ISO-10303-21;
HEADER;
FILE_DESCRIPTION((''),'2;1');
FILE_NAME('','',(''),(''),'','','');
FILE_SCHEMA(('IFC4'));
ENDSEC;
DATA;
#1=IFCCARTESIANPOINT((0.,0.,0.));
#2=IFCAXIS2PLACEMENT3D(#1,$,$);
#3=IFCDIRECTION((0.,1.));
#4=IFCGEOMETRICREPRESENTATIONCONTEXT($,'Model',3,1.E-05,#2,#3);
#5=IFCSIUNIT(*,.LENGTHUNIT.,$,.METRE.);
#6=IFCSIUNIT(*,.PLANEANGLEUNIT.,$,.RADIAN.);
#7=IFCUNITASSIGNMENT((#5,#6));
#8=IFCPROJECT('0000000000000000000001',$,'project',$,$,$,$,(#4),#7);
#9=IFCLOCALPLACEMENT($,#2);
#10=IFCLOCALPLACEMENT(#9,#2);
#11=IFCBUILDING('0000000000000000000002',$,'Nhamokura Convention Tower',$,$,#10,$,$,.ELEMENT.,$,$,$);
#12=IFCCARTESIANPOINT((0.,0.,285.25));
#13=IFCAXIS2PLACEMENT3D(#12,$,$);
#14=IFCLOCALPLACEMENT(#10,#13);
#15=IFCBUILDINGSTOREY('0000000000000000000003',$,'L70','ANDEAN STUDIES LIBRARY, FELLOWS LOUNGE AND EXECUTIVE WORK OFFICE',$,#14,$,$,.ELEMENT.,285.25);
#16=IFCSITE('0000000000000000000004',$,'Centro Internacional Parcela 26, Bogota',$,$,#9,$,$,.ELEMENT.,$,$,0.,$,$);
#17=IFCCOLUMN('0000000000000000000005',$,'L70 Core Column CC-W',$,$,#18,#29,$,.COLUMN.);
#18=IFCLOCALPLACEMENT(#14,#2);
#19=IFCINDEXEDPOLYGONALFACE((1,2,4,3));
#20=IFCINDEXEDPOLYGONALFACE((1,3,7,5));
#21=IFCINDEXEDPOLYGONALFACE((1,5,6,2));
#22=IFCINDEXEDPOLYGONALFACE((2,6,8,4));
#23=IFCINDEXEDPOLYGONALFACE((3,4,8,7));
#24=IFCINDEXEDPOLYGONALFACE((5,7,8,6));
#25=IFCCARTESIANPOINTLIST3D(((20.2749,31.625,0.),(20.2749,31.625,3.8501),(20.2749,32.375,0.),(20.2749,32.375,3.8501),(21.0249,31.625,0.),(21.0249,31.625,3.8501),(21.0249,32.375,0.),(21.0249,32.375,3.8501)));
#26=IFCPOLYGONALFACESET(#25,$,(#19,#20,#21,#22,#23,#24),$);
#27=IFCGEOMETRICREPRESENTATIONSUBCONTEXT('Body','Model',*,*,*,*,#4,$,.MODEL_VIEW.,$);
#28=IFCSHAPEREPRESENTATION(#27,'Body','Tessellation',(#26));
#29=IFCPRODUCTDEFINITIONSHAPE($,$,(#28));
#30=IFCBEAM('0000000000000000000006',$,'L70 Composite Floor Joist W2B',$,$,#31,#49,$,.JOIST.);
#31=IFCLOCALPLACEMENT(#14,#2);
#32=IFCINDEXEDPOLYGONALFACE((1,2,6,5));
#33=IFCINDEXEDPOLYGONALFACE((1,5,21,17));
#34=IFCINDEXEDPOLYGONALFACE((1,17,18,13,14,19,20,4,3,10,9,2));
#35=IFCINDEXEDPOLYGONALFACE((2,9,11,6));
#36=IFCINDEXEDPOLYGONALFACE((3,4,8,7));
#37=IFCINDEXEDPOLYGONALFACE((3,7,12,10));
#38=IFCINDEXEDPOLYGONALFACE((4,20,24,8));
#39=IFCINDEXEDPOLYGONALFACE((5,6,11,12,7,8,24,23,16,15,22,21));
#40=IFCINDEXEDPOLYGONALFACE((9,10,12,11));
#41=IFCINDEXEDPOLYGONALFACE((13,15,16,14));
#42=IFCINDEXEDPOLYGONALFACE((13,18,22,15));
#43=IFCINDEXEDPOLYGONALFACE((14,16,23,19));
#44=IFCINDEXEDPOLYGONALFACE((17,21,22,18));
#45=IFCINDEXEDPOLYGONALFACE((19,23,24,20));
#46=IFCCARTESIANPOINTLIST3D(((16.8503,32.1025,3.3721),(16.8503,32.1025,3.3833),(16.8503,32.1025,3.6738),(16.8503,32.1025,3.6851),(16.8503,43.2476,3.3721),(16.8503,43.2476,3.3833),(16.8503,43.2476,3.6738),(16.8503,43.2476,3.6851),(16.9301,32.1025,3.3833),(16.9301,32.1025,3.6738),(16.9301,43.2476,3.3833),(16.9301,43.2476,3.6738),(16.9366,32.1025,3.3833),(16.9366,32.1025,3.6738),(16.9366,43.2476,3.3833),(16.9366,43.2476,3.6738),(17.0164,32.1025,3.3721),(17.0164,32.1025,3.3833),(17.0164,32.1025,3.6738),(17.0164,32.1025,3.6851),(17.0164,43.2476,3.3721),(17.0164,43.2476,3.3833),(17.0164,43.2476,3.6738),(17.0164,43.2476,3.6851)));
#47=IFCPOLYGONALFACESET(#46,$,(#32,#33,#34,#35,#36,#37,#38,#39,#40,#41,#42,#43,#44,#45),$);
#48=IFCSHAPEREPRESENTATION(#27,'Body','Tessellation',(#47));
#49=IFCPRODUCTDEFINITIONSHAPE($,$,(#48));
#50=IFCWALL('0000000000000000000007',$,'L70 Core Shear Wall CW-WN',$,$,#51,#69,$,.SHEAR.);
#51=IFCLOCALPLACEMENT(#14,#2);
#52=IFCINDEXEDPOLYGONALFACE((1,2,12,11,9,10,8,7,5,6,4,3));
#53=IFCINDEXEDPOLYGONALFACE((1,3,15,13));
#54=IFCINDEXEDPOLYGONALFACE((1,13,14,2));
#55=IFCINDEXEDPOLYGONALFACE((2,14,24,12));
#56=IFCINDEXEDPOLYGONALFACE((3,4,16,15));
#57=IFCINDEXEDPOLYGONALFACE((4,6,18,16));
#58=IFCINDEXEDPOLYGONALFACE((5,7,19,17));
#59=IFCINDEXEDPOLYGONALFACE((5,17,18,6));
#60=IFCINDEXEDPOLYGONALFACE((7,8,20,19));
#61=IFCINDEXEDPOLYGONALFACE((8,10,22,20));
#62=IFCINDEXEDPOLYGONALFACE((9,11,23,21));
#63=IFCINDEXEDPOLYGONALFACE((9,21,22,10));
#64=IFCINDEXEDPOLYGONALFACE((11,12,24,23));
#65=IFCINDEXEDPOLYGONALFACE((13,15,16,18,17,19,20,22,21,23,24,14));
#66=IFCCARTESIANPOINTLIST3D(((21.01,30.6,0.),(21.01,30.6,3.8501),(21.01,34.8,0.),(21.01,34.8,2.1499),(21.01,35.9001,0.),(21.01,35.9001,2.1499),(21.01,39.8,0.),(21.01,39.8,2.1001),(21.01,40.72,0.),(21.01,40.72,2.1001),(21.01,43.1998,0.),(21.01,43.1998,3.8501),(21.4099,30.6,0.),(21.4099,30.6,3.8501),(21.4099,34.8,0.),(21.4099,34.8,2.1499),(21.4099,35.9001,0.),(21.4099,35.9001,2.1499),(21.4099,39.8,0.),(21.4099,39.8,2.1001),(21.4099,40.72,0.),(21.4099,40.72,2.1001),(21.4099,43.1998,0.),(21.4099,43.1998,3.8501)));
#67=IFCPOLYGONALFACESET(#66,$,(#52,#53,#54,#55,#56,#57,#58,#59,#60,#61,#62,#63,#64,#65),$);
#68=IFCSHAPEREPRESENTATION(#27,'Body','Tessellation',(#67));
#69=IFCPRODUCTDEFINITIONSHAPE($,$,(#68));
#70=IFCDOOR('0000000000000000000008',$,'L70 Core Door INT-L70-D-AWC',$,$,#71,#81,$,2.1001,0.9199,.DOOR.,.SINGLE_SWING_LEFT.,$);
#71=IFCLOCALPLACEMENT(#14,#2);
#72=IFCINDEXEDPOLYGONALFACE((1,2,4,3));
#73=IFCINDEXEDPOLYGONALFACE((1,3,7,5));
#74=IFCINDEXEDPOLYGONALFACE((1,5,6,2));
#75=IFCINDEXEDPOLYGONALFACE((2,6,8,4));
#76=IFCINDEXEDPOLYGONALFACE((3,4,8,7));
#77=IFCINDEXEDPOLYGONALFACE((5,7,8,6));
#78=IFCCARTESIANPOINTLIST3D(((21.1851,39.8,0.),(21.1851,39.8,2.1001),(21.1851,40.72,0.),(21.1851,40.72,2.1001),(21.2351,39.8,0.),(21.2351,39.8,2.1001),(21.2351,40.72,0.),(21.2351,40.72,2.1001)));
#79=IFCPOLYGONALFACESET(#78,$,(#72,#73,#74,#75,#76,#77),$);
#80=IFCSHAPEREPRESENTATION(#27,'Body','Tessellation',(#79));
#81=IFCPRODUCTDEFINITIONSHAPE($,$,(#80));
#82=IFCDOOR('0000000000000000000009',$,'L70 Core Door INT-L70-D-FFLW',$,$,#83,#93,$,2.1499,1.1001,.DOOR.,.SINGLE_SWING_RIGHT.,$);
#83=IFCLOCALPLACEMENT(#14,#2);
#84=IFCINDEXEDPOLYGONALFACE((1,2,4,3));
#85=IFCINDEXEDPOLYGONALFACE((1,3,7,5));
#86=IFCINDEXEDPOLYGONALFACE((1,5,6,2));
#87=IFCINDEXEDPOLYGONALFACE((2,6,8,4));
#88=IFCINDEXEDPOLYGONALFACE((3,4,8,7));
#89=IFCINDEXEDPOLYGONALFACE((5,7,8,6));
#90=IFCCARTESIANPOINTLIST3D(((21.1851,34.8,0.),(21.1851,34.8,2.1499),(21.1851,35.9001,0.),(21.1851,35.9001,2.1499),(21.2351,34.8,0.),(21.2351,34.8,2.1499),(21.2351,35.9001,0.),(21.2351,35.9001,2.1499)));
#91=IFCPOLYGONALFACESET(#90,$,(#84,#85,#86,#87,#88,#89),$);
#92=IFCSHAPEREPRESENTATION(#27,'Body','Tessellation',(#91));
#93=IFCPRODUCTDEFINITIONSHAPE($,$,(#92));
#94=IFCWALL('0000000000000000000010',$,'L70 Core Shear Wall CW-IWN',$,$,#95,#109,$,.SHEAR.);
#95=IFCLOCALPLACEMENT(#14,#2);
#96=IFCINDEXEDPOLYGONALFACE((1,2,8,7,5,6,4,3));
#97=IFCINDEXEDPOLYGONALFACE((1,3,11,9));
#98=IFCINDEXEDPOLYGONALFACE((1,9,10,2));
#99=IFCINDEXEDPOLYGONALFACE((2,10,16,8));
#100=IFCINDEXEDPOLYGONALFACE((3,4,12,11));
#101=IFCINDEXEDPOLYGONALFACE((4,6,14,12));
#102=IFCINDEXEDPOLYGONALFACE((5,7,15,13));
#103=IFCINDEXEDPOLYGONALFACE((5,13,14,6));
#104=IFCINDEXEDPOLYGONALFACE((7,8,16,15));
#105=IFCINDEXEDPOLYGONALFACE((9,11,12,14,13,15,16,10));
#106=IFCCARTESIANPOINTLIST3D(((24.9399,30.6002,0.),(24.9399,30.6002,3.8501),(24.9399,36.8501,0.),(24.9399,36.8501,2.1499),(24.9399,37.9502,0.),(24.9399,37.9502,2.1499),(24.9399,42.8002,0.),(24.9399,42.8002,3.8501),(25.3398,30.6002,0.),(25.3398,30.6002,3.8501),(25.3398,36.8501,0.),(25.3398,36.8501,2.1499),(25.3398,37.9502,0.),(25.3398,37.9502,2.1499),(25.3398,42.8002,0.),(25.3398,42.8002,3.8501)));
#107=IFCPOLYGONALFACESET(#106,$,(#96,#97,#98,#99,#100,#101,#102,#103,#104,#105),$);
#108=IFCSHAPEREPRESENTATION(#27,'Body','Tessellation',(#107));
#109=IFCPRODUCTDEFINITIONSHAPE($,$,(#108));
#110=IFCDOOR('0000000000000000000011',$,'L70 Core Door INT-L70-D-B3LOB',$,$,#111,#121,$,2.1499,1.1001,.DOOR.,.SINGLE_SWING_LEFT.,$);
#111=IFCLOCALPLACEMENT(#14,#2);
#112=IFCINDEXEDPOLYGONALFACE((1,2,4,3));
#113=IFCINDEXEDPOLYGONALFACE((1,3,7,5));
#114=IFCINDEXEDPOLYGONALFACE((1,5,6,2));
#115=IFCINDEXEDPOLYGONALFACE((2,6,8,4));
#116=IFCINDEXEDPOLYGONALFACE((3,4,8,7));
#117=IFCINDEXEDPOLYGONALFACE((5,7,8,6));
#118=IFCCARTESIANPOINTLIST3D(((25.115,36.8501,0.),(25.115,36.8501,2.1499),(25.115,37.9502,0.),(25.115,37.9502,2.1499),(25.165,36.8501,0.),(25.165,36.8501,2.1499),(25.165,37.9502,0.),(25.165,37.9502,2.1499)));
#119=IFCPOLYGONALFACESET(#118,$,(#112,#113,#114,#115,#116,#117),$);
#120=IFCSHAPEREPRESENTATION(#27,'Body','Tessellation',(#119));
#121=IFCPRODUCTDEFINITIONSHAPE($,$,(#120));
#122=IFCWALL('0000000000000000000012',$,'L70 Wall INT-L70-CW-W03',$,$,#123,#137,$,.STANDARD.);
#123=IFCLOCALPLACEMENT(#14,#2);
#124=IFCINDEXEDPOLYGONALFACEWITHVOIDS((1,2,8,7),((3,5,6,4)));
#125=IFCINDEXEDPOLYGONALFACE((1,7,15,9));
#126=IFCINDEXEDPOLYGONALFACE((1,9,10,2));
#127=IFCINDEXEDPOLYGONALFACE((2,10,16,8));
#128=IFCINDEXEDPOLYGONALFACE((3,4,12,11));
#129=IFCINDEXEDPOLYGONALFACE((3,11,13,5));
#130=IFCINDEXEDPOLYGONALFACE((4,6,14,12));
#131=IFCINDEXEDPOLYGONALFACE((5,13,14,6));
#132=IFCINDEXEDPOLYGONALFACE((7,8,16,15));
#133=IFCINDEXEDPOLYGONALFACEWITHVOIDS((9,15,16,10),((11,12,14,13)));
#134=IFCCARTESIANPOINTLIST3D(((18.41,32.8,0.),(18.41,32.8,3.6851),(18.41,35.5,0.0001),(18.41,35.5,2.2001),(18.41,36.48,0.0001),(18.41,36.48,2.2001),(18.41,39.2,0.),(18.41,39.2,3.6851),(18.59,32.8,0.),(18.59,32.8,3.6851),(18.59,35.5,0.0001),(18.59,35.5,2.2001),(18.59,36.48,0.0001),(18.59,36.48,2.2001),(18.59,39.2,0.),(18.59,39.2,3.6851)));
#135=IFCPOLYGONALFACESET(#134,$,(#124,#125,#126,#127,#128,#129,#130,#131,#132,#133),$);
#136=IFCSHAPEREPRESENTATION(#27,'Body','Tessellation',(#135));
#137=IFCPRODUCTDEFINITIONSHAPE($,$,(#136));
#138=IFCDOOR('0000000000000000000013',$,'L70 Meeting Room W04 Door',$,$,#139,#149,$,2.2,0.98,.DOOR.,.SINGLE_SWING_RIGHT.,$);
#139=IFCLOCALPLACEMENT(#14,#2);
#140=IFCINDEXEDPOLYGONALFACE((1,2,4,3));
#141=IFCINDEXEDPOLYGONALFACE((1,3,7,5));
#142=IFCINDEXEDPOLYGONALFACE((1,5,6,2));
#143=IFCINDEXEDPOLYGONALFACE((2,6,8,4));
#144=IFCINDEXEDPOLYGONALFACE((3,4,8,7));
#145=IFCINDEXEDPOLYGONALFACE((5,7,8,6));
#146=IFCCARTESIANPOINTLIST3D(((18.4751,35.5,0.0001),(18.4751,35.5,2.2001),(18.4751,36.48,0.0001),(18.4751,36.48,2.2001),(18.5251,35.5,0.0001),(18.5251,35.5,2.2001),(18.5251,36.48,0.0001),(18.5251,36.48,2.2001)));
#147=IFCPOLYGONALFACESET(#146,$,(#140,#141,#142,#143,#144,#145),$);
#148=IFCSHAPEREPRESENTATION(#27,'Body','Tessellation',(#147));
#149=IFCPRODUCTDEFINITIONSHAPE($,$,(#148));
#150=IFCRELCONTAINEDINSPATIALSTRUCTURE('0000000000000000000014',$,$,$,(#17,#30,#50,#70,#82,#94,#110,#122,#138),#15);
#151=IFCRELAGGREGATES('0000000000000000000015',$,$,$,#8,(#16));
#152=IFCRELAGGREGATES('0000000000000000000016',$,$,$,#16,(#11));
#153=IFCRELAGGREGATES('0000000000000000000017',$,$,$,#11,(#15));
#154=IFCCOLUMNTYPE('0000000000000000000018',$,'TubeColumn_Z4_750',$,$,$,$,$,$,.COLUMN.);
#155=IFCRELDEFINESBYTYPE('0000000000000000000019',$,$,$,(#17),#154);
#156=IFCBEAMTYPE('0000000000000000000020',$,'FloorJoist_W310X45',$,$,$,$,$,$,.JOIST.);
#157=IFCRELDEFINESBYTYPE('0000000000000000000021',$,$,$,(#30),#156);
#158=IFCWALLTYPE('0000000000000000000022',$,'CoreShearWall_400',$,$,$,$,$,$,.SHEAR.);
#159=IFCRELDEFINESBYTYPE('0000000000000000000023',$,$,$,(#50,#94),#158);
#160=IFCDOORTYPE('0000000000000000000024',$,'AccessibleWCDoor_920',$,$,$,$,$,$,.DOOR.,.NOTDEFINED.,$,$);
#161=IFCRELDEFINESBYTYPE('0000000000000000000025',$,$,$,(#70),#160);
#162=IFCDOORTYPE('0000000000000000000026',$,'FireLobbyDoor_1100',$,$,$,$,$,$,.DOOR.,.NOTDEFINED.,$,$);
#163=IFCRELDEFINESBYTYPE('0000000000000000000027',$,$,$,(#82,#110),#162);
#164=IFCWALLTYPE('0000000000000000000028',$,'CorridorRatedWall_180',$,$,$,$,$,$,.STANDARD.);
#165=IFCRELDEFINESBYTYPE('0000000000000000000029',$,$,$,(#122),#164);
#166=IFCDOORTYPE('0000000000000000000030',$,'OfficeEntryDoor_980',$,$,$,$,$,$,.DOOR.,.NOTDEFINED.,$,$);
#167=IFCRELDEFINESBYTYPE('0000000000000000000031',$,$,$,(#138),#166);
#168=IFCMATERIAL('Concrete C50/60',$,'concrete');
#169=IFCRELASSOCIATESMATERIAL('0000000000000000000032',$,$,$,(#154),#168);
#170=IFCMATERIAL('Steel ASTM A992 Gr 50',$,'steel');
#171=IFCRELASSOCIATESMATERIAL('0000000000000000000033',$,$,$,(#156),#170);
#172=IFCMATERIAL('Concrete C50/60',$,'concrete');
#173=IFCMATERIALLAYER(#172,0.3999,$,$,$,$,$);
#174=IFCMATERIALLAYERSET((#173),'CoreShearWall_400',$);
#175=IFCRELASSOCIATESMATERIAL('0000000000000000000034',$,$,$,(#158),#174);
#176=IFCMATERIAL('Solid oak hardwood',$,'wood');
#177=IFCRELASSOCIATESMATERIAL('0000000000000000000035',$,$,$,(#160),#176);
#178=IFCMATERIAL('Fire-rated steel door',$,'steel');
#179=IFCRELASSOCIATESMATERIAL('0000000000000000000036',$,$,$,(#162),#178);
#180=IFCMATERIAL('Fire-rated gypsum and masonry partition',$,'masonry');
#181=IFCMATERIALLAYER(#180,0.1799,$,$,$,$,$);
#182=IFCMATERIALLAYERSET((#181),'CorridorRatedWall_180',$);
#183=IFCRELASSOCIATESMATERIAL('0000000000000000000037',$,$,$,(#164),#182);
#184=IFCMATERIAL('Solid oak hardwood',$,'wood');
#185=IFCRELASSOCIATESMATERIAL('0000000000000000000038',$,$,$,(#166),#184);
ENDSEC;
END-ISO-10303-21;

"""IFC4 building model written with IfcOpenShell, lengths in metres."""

from ifc_helpers import new_model, si_unit, direction, frame, frame_2d, origin, origin_2d, place, context, subcontext, project, spatial, rectangle, i_section, extrude, material, layer, layer_set, material_profile, profile_set, type_object, element, fill, save


model = new_model("IFC4")

# Units and contexts
model_context = context("Model", 3, precision=1e-05, world=origin(), true_north=direction((0.0, 1.0)))
body_context = subcontext(model_context, "Body", "Model", "MODEL_VIEW")
ifc_project = project(units=[si_unit("LENGTHUNIT", "METRE"), si_unit("PLANEANGLEUNIT", "RADIAN")], contexts=[model_context])

# Site, building, storey
site_placement = place(None, origin())
site = spatial("IfcSite", under=ifc_project, at=site_placement, Name="Centro Internacional Parcela 26, Bogota", CompositionType="ELEMENT", RefElevation=0.0)
building_placement = place(site_placement, origin())
building = spatial("IfcBuilding", under=site, at=building_placement, Name="Nhamokura Convention Tower", CompositionType="ELEMENT")
storey_placement = place(building_placement, frame((0.0, 0.0, 285.25)))
storey = spatial("IfcBuildingStorey", under=building, at=storey_placement, Name="L70", Description="ANDEAN STUDIES LIBRARY, FELLOWS LOUNGE AND EXECUTIVE WORK OFFICE", CompositionType="ELEMENT", Elevation=285.25)

# Column
ifc_material_1 = material(Name="Concrete C50/60", Category="concrete")
ifc_material_profile_1 = material_profile(ifc_material_1, rectangle(XDim=0.75, YDim=0.75, at=origin_2d()))
ifc_profile_set_1 = profile_set([ifc_material_profile_1], Name="Concrete C50/60")
column_type = type_object("IfcColumnType", Name="TubeColumn_Z4_750", PredefinedType="COLUMN", material=ifc_profile_set_1)
column_placement = place(storey_placement, frame((20.6499, 32.0, 0.0), z_axis=(0.0, 0.0, 1.0), x_axis=(1.0, 0.0, 0.0)))
element("IfcColumn", 1, at=column_placement, inside=storey, type_object=column_type, Name="L70 Core Column CC-W", PredefinedType="COLUMN", context=body_context, shape_type="SweptSolid", body=[
    extrude(rectangle(XDim=0.75, YDim=0.75, at=origin_2d()), origin(), (0.0, 0.0, 1.0), 3.8501),
])

# Beam
ifc_material_2 = material(Name="Steel ASTM A992 Gr 50", Category="steel")
ifc_material_profile_2 = material_profile(ifc_material_2, i_section(OverallWidth=0.166, OverallDepth=0.313, WebThickness=0.0066, FlangeThickness=0.0112, at=origin_2d()))
ifc_profile_set_2 = profile_set([ifc_material_profile_2], Name="Steel ASTM A992 Gr 50")
beam_type = type_object("IfcBeamType", Name="FloorJoist_W310X45", PredefinedType="JOIST", material=ifc_profile_set_2)
beam_placement = place(storey_placement, frame((16.9333, 32.1025, 3.5286), z_axis=(0.0, 1.0, 0.0), x_axis=(-1.0, 0.0, 0.0)))
element("IfcBeam", 2, at=beam_placement, inside=storey, type_object=beam_type, Name="L70 Composite Floor Joist W2B", PredefinedType="JOIST", context=body_context, shape_type="SweptSolid", body=[
    extrude(i_section(OverallWidth=0.166, OverallDepth=0.313, WebThickness=0.0066, FlangeThickness=0.0112, at=origin_2d()), origin(), (0.0, 0.0, 1.0), 11.145),
])

# Wall, openings, doors
ifc_material_3 = material(Name="Concrete C50/60", Category="concrete")
ifc_layer_1 = layer(ifc_material_3, 0.3999)
ifc_layer_set_1 = layer_set([ifc_layer_1], Name="CoreShearWall_400")
wall_type_1 = type_object("IfcWallType", Name="CoreShearWall_400", PredefinedType="SHEAR", material=ifc_layer_set_1)
wall_1_placement = place(storey_placement, frame((21.21, 30.6001, 0.0), z_axis=(0.0, 0.0, 1.0), x_axis=(0.0, 1.0, 0.0)))
wall_1 = element("IfcWall", 3, at=wall_1_placement, inside=storey, type_object=wall_type_1, Name="L70 Core Shear Wall CW-WN", PredefinedType="SHEAR", context=body_context, shape_type="SweptSolid", body=[
    extrude(rectangle(XDim=12.5999, YDim=0.3999, at=frame_2d((6.2998, 0.0))), origin(), (0.0, 0.0, 1.0), 3.8501),
])
opening_1_placement = place(wall_1_placement, frame((4.2, 0.0, 0.0)))
opening_1 = element("IfcOpeningElement", 4, at=opening_1_placement, cuts=wall_1, PredefinedType="OPENING", context=body_context, shape_type="SweptSolid", body=[
    extrude(rectangle(XDim=1.1001, YDim=2.1499, at=frame_2d((0.55, 1.075))), frame((0.0, 0.21, 0.0), z_axis=(0.0, -1.0, 0.0), x_axis=(1.0, 0.0, 0.0)), (0.0, 0.0, 1.0), 0.4199),
])
opening_2_placement = place(wall_1_placement, frame((9.2, 0.0, 0.0)))
opening_2 = element("IfcOpeningElement", 5, at=opening_2_placement, cuts=wall_1, PredefinedType="OPENING", context=body_context, shape_type="SweptSolid", body=[
    extrude(rectangle(XDim=0.9199, YDim=2.1001, at=frame_2d((0.46, 1.05))), frame((0.0, 0.21, 0.0), z_axis=(0.0, -1.0, 0.0), x_axis=(1.0, 0.0, 0.0)), (0.0, 0.0, 1.0), 0.4199),
])
ifc_material_4 = material(Name="Solid oak hardwood", Category="wood")
door_type_1 = type_object("IfcDoorType", Name="AccessibleWCDoor_920", OperationType="NOTDEFINED", PredefinedType="DOOR", material=ifc_material_4)
door_1_placement = place(opening_2_placement, origin())
door_1 = element("IfcDoor", 6, at=door_1_placement, inside=storey, type_object=door_type_1, Name="L70 Core Door INT-L70-D-AWC", OperationType="SINGLE_SWING_LEFT", OverallHeight=2.1001, OverallWidth=0.9199, PredefinedType="DOOR", context=body_context, shape_type="SweptSolid", body=[
    extrude(rectangle(XDim=0.9199, YDim=2.1001, at=frame_2d((0.46, 1.05))), frame((0.0, 0.0249, 0.0), z_axis=(0.0, -1.0, 0.0), x_axis=(1.0, 0.0, 0.0)), (0.0, 0.0, 1.0), 0.05),
])
fill(opening_2, door_1)
ifc_material_5 = material(Name="Fire-rated steel door", Category="steel")
door_type_2 = type_object("IfcDoorType", Name="FireLobbyDoor_1100", OperationType="NOTDEFINED", PredefinedType="DOOR", material=ifc_material_5)
door_2_placement = place(opening_1_placement, origin())
door_2 = element("IfcDoor", 7, at=door_2_placement, inside=storey, type_object=door_type_2, Name="L70 Core Door INT-L70-D-FFLW", OperationType="SINGLE_SWING_RIGHT", OverallHeight=2.1499, OverallWidth=1.1001, PredefinedType="DOOR", context=body_context, shape_type="SweptSolid", body=[
    extrude(rectangle(XDim=1.1001, YDim=2.1499, at=frame_2d((0.55, 1.075))), frame((0.0, 0.0249, 0.0), z_axis=(0.0, -1.0, 0.0), x_axis=(1.0, 0.0, 0.0)), (0.0, 0.0, 1.0), 0.05),
])
fill(opening_1, door_2)

# Walls, openings, doors
wall_2_placement = place(storey_placement, frame((25.1399, 30.6001, 0.0), z_axis=(0.0, 0.0, 1.0), x_axis=(0.0, 1.0, 0.0)))
wall_2 = element("IfcWall", 8, at=wall_2_placement, inside=storey, type_object=wall_type_1, Name="L70 Core Shear Wall CW-IWN", PredefinedType="SHEAR", context=body_context, shape_type="SweptSolid", body=[
    extrude(rectangle(XDim=12.2, YDim=0.3999, at=frame_2d((6.1001, 0.0))), origin(), (0.0, 0.0, 1.0), 3.8501),
])
opening_3_placement = place(wall_2_placement, frame((6.25, 0.0, 0.0)))
opening_3 = element("IfcOpeningElement", 9, at=opening_3_placement, cuts=wall_2, PredefinedType="OPENING", context=body_context, shape_type="SweptSolid", body=[
    extrude(rectangle(XDim=1.1001, YDim=2.1499, at=frame_2d((0.55, 1.075))), frame((0.0, 0.21, 0.0), z_axis=(0.0, -1.0, 0.0), x_axis=(1.0, 0.0, 0.0)), (0.0, 0.0, 1.0), 0.4199),
])
door_3_placement = place(opening_3_placement, origin())
door_3 = element("IfcDoor", 10, at=door_3_placement, inside=storey, type_object=door_type_2, Name="L70 Core Door INT-L70-D-B3LOB", OperationType="SINGLE_SWING_LEFT", OverallHeight=2.1499, OverallWidth=1.1001, PredefinedType="DOOR", context=body_context, shape_type="SweptSolid", body=[
    extrude(rectangle(XDim=1.1001, YDim=2.1499, at=frame_2d((0.55, 1.075))), frame((0.0, 0.0249, 0.0), z_axis=(0.0, -1.0, 0.0), x_axis=(1.0, 0.0, 0.0)), (0.0, 0.0, 1.0), 0.05),
])
fill(opening_3, door_3)
ifc_material_6 = material(Name="Fire-rated gypsum and masonry partition", Category="masonry")
ifc_layer_2 = layer(ifc_material_6, 0.1799)
ifc_layer_set_2 = layer_set([ifc_layer_2], Name="CorridorRatedWall_180")
wall_type_2 = type_object("IfcWallType", Name="CorridorRatedWall_180", PredefinedType="STANDARD", material=ifc_layer_set_2)
wall_3_placement = place(storey_placement, frame((18.5, 32.8, 0.0), z_axis=(0.0, 0.0, 1.0), x_axis=(0.0, 1.0, 0.0)))
wall_3 = element("IfcWall", 11, at=wall_3_placement, inside=storey, type_object=wall_type_2, Name="L70 Wall INT-L70-CW-W03", PredefinedType="STANDARD", context=body_context, shape_type="SweptSolid", body=[
    extrude(rectangle(XDim=6.3999, YDim=0.1799, at=frame_2d((3.2, 0.0))), origin(), (0.0, 0.0, 1.0), 3.6851),
])
opening_4_placement = place(wall_3_placement, frame((2.7, 0.0, 0.0)))
opening_4 = element("IfcOpeningElement", 12, at=opening_4_placement, cuts=wall_3, PredefinedType="OPENING", context=body_context, shape_type="SweptSolid", body=[
    extrude(rectangle(XDim=0.98, YDim=2.2, at=frame_2d((0.49, 1.1001))), frame((0.0, 0.0999, 0.0), z_axis=(0.0, -1.0, 0.0), x_axis=(1.0, 0.0, 0.0)), (0.0, 0.0, 1.0), 0.2),
])
ifc_material_7 = material(Name="Solid oak hardwood", Category="wood")
door_type_3 = type_object("IfcDoorType", Name="OfficeEntryDoor_980", OperationType="NOTDEFINED", PredefinedType="DOOR", material=ifc_material_7)
door_4_placement = place(opening_4_placement, origin())
door_4 = element("IfcDoor", 13, at=door_4_placement, inside=storey, type_object=door_type_3, Name="L70 Meeting Room W04 Door", OperationType="SINGLE_SWING_RIGHT", OverallHeight=2.2, OverallWidth=0.98, PredefinedType="DOOR", context=body_context, shape_type="SweptSolid", body=[
    extrude(rectangle(XDim=0.98, YDim=2.2, at=frame_2d((0.49, 1.1001))), frame((0.0, 0.0249, 0.0), z_axis=(0.0, -1.0, 0.0), x_axis=(1.0, 0.0, 0.0)), (0.0, 0.0, 1.0), 0.05),
])
fill(opening_4, door_4)

save(model, "model.ifc")
